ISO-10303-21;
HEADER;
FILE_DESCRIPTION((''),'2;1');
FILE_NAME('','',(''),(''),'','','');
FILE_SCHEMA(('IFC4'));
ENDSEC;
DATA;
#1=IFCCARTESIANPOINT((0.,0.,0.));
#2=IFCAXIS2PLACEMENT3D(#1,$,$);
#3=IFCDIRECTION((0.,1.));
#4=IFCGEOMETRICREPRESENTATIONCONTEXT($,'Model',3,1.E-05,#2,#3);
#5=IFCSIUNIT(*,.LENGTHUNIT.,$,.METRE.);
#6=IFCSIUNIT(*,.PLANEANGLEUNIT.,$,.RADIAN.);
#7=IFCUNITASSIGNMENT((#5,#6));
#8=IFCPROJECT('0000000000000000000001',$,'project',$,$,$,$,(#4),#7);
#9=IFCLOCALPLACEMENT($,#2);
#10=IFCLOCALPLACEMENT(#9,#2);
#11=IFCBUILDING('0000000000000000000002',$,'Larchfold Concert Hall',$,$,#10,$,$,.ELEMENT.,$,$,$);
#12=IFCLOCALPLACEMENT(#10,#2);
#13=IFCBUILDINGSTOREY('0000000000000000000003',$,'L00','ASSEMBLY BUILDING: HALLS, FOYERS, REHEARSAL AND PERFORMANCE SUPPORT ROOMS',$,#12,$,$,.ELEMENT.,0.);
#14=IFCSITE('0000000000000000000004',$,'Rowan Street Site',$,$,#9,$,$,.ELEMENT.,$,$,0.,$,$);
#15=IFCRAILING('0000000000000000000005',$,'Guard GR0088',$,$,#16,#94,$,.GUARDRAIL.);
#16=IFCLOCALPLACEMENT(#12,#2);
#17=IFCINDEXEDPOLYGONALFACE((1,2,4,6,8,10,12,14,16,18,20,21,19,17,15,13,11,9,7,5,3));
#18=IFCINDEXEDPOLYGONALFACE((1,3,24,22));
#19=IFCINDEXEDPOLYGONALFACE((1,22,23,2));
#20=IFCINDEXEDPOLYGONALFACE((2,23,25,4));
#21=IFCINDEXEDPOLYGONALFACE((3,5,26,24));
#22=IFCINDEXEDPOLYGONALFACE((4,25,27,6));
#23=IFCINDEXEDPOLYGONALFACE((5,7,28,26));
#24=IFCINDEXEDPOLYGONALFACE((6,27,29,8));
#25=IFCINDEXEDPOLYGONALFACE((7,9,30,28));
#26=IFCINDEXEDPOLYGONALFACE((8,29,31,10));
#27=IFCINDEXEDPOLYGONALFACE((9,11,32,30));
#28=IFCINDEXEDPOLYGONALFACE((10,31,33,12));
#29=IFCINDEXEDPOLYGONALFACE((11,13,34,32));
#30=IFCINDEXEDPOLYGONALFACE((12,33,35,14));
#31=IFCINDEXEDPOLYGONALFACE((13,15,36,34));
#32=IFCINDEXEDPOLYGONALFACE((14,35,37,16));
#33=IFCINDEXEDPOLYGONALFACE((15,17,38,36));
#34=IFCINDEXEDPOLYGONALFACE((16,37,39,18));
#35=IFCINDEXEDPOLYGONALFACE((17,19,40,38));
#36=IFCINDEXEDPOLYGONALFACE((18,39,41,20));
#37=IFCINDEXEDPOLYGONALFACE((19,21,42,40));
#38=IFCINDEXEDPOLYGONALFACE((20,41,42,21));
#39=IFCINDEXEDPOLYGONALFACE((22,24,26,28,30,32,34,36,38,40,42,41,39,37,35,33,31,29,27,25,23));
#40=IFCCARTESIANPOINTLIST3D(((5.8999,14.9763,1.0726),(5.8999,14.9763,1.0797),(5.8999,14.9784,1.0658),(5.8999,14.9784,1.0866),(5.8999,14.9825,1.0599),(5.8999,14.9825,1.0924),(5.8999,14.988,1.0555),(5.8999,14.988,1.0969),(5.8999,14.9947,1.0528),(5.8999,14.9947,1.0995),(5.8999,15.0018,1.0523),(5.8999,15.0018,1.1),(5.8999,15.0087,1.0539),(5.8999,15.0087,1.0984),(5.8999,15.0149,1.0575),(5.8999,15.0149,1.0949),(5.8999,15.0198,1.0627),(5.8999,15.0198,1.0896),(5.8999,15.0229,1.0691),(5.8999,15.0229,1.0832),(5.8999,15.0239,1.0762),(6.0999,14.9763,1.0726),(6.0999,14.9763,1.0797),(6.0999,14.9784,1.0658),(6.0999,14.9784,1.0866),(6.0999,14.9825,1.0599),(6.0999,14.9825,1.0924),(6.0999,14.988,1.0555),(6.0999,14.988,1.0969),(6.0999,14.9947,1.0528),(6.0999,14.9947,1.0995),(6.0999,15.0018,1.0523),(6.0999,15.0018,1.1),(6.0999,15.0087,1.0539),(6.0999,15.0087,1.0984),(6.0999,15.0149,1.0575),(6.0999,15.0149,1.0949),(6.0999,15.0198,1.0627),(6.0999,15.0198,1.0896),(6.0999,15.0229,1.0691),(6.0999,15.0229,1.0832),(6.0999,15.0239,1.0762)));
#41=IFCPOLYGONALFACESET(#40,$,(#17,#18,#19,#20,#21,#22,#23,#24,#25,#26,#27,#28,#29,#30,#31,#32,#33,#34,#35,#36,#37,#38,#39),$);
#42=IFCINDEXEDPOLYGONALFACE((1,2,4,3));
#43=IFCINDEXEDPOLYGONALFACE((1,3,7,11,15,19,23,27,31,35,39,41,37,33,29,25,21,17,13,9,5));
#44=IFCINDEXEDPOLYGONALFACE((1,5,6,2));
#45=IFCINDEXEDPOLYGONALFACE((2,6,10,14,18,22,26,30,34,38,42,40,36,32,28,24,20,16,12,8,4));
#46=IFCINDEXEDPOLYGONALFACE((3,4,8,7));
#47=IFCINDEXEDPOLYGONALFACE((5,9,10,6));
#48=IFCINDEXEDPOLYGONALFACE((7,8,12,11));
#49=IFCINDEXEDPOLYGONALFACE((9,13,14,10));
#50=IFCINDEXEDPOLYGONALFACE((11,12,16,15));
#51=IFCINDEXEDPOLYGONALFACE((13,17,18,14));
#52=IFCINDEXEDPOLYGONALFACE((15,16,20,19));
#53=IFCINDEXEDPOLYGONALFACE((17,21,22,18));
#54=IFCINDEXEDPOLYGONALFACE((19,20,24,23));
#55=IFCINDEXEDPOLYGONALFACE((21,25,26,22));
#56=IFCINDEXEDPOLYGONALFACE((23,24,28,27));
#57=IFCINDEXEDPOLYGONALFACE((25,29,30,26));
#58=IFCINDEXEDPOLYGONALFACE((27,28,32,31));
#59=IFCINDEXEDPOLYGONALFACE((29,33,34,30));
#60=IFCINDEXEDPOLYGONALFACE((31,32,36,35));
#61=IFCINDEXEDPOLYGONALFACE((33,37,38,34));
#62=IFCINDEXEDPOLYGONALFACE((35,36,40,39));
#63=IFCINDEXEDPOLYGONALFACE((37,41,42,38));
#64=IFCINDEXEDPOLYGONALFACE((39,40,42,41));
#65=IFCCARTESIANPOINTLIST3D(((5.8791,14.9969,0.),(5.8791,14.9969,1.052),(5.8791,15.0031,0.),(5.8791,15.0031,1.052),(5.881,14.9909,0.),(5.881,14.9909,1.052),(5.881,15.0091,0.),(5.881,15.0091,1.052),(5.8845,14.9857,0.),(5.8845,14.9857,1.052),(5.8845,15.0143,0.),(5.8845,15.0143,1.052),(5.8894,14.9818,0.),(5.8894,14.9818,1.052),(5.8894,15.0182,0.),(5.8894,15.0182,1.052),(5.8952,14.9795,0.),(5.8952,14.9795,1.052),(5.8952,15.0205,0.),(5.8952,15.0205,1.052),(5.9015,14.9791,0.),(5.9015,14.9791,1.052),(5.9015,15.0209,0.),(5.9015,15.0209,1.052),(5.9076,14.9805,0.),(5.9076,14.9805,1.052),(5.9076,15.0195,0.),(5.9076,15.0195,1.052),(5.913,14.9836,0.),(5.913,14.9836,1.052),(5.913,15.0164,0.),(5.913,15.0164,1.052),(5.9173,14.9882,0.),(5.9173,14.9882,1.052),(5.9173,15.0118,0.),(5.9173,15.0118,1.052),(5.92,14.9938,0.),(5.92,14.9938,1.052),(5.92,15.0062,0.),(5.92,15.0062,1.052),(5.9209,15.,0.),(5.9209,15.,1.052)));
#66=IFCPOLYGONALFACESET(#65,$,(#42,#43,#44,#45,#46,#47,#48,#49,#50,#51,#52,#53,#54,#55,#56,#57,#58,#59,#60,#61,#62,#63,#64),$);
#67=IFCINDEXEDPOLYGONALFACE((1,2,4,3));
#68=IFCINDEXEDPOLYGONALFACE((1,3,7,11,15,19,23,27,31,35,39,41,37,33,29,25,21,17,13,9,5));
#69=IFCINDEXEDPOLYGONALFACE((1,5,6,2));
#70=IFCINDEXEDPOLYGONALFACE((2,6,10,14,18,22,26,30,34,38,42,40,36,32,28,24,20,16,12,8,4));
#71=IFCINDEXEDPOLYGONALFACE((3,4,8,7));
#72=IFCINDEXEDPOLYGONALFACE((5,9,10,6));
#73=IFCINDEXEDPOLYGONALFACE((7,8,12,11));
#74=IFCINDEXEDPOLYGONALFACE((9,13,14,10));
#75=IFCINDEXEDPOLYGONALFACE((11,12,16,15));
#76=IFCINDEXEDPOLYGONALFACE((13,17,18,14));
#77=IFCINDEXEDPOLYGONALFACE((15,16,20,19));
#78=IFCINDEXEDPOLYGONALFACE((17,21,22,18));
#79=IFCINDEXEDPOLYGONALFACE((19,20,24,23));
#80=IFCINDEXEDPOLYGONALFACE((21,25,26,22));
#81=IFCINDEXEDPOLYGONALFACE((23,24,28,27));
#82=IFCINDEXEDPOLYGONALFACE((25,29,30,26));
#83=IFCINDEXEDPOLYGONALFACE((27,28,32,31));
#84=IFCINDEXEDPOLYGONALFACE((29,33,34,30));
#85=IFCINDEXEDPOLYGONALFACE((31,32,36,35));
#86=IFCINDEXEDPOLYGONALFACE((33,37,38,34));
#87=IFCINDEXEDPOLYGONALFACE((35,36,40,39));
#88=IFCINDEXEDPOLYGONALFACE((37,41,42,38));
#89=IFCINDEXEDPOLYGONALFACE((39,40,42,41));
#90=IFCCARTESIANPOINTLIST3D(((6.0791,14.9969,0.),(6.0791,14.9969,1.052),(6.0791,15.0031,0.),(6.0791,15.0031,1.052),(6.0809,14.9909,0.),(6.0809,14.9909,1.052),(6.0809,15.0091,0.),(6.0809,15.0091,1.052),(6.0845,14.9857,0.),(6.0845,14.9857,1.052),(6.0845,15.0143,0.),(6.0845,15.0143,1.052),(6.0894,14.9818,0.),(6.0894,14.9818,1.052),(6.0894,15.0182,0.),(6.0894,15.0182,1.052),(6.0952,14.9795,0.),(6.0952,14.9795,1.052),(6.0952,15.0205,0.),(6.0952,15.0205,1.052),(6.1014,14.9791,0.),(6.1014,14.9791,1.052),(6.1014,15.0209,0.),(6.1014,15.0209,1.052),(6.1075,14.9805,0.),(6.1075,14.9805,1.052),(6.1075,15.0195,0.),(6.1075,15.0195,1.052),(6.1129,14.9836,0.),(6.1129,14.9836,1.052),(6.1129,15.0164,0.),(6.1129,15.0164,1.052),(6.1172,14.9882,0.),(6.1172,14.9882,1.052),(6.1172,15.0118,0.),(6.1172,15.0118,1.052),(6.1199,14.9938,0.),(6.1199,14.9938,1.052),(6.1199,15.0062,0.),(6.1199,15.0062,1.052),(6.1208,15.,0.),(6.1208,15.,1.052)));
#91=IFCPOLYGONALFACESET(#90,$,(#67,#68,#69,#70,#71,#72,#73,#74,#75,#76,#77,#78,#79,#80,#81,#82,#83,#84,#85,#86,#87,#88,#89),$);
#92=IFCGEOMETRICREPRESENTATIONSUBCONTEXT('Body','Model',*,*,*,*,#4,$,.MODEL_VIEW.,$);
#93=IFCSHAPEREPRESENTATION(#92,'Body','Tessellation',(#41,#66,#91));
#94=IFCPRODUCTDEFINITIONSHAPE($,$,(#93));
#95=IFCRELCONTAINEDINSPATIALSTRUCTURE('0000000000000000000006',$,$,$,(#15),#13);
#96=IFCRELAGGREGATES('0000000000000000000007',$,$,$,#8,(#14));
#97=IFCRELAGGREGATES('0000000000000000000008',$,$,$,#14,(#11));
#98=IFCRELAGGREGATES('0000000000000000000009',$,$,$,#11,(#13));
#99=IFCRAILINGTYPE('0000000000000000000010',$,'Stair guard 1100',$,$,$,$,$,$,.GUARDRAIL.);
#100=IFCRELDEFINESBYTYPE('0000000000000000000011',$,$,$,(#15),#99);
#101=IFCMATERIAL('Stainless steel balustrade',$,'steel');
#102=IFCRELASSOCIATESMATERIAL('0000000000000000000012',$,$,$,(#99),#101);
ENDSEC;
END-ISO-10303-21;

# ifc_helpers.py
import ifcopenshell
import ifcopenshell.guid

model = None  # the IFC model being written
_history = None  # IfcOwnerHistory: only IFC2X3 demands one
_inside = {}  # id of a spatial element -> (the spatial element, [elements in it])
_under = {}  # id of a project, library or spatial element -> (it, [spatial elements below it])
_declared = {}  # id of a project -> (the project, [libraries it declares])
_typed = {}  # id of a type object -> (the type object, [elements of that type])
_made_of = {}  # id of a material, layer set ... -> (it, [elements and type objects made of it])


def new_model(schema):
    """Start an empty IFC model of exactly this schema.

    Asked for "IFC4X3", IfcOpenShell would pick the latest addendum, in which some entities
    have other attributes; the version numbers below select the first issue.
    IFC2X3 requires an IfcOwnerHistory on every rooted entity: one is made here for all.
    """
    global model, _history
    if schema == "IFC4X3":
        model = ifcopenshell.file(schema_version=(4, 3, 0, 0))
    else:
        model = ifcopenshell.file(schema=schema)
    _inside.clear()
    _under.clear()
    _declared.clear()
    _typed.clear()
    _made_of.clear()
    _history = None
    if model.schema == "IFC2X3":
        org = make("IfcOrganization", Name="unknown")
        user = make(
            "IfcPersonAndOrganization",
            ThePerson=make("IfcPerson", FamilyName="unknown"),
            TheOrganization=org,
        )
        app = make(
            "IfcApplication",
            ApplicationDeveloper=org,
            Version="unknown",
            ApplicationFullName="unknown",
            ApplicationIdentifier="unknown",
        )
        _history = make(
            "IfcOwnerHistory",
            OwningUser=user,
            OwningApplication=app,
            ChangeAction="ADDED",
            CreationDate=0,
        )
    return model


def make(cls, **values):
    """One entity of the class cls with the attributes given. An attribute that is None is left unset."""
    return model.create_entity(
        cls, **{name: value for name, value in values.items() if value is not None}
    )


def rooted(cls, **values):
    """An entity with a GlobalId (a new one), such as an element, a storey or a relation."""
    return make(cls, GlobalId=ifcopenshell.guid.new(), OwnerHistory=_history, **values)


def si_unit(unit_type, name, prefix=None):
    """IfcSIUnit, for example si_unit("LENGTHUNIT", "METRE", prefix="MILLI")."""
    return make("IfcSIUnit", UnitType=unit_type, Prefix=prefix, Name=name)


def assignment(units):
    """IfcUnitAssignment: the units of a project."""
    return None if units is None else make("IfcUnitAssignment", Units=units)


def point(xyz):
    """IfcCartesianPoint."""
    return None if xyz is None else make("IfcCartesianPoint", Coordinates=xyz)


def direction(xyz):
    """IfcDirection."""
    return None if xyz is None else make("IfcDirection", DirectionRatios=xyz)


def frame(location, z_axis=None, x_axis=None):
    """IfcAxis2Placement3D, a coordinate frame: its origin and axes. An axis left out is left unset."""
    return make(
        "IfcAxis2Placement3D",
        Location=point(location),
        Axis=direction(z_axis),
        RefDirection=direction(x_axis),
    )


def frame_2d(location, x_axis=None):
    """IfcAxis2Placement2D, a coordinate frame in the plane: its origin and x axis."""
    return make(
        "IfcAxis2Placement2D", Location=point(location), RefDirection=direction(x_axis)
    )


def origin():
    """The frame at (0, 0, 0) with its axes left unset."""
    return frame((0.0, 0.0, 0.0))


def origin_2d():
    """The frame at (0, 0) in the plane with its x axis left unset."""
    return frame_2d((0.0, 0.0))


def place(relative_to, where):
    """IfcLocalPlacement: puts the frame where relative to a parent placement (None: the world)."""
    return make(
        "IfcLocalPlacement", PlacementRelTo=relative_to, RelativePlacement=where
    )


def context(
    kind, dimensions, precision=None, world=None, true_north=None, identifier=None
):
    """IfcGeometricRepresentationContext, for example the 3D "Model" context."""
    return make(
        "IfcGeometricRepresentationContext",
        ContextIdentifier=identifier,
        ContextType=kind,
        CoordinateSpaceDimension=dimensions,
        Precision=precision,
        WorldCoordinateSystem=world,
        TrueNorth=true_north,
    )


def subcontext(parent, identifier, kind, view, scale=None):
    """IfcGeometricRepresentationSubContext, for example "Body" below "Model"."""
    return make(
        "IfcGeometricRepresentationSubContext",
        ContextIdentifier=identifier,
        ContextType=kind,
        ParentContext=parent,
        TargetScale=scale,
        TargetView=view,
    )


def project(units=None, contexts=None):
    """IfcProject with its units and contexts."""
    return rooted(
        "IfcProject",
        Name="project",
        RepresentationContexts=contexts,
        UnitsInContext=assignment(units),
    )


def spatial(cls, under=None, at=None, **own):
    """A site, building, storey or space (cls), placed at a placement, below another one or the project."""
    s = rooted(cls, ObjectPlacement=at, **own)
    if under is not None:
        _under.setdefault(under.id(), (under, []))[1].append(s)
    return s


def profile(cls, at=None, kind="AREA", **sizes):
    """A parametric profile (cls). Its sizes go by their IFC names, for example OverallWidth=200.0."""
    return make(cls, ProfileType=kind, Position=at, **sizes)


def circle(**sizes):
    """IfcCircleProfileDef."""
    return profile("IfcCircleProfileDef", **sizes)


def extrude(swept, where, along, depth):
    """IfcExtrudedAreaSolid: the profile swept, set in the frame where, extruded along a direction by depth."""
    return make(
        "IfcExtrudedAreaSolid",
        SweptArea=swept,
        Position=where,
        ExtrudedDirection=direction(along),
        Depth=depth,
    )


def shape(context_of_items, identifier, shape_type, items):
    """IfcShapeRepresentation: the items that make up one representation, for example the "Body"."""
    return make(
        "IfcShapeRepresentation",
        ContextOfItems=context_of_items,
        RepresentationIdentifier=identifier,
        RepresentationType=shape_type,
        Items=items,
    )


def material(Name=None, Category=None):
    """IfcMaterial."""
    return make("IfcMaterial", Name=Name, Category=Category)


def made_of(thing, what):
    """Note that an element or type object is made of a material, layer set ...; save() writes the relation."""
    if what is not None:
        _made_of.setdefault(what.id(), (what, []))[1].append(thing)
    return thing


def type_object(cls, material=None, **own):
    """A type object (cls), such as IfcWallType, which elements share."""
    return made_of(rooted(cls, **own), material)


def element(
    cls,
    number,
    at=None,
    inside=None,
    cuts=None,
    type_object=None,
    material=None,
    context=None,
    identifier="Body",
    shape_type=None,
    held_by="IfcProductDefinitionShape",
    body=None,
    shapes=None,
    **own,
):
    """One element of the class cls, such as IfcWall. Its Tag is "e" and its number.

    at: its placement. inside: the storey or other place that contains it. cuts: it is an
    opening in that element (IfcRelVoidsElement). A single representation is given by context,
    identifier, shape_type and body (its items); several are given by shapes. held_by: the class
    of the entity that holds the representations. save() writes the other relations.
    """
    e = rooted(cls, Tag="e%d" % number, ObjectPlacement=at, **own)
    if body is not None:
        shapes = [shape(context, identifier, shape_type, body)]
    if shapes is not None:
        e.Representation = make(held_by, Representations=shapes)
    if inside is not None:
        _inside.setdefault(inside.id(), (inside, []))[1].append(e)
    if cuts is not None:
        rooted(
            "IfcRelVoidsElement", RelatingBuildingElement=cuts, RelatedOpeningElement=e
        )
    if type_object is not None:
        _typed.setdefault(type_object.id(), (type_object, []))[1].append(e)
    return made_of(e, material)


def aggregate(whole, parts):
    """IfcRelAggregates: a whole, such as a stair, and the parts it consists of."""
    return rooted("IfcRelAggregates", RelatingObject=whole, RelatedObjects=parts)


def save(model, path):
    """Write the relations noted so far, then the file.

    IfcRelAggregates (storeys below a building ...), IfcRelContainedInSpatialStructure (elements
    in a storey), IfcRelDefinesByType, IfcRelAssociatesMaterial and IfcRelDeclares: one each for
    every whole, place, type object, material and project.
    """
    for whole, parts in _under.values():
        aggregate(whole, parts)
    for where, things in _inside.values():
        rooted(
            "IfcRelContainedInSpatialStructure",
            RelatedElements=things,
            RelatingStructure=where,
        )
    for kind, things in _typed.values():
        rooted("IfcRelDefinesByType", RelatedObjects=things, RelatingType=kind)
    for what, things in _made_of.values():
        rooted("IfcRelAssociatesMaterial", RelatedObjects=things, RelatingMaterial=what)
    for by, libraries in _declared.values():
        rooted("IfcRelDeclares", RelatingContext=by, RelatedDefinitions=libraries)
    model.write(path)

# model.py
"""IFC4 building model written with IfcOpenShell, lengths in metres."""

from ifc_helpers import new_model, si_unit, direction, frame, origin, origin_2d, place, context, subcontext, project, spatial, circle, extrude, material, type_object, element, save


model = new_model("IFC4")

# Units and contexts
model_context = context("Model", 3, precision=1e-05, world=origin(), true_north=direction((0.0, 1.0)))
body_context = subcontext(model_context, "Body", "Model", "MODEL_VIEW")
ifc_project = project(units=[si_unit("LENGTHUNIT", "METRE"), si_unit("PLANEANGLEUNIT", "RADIAN")], contexts=[model_context])

# Site, building, storey
site_placement = place(None, origin())
site = spatial("IfcSite", under=ifc_project, at=site_placement, Name="Rowan Street Site", CompositionType="ELEMENT", RefElevation=0.0)
building_placement = place(site_placement, origin())
building = spatial("IfcBuilding", under=site, at=building_placement, Name="Larchfold Concert Hall", CompositionType="ELEMENT")
storey_placement = place(building_placement, origin())
storey = spatial("IfcBuildingStorey", under=building, at=storey_placement, Name="L00", Description="ASSEMBLY BUILDING: HALLS, FOYERS, REHEARSAL AND PERFORMANCE SUPPORT ROOMS", CompositionType="ELEMENT", Elevation=0.0)

# Railing
ifc_material_1 = material(Name="Stainless steel balustrade", Category="steel")
railing_type_1 = type_object("IfcRailingType", Name="Stair guard 1100", PredefinedType="GUARDRAIL", material=ifc_material_1)
railing_1_placement = place(storey_placement, frame((5.8999, 15.0, 0.0)))
element("IfcRailing", 1, at=railing_1_placement, inside=storey, type_object=railing_type_1, Name="Guard GR0088", PredefinedType="GUARDRAIL", context=body_context, shape_type="SweptSolid", body=[
    extrude(circle(Radius=0.0239, at=origin_2d()), frame((0.0, 0.0, 1.0762), z_axis=(1.0, 0.0, 0.0), x_axis=(0.0, 1.0, 0.0)), (0.0, 0.0, 1.0), 0.2),
    extrude(circle(Radius=0.021, at=origin_2d()), origin(), (0.0, 0.0, 1.0), 1.052),
    extrude(circle(Radius=0.021, at=origin_2d()), frame((0.2, 0.0, 0.0)), (0.0, 0.0, 1.0), 1.052),
])

save(model, "model.ifc")
